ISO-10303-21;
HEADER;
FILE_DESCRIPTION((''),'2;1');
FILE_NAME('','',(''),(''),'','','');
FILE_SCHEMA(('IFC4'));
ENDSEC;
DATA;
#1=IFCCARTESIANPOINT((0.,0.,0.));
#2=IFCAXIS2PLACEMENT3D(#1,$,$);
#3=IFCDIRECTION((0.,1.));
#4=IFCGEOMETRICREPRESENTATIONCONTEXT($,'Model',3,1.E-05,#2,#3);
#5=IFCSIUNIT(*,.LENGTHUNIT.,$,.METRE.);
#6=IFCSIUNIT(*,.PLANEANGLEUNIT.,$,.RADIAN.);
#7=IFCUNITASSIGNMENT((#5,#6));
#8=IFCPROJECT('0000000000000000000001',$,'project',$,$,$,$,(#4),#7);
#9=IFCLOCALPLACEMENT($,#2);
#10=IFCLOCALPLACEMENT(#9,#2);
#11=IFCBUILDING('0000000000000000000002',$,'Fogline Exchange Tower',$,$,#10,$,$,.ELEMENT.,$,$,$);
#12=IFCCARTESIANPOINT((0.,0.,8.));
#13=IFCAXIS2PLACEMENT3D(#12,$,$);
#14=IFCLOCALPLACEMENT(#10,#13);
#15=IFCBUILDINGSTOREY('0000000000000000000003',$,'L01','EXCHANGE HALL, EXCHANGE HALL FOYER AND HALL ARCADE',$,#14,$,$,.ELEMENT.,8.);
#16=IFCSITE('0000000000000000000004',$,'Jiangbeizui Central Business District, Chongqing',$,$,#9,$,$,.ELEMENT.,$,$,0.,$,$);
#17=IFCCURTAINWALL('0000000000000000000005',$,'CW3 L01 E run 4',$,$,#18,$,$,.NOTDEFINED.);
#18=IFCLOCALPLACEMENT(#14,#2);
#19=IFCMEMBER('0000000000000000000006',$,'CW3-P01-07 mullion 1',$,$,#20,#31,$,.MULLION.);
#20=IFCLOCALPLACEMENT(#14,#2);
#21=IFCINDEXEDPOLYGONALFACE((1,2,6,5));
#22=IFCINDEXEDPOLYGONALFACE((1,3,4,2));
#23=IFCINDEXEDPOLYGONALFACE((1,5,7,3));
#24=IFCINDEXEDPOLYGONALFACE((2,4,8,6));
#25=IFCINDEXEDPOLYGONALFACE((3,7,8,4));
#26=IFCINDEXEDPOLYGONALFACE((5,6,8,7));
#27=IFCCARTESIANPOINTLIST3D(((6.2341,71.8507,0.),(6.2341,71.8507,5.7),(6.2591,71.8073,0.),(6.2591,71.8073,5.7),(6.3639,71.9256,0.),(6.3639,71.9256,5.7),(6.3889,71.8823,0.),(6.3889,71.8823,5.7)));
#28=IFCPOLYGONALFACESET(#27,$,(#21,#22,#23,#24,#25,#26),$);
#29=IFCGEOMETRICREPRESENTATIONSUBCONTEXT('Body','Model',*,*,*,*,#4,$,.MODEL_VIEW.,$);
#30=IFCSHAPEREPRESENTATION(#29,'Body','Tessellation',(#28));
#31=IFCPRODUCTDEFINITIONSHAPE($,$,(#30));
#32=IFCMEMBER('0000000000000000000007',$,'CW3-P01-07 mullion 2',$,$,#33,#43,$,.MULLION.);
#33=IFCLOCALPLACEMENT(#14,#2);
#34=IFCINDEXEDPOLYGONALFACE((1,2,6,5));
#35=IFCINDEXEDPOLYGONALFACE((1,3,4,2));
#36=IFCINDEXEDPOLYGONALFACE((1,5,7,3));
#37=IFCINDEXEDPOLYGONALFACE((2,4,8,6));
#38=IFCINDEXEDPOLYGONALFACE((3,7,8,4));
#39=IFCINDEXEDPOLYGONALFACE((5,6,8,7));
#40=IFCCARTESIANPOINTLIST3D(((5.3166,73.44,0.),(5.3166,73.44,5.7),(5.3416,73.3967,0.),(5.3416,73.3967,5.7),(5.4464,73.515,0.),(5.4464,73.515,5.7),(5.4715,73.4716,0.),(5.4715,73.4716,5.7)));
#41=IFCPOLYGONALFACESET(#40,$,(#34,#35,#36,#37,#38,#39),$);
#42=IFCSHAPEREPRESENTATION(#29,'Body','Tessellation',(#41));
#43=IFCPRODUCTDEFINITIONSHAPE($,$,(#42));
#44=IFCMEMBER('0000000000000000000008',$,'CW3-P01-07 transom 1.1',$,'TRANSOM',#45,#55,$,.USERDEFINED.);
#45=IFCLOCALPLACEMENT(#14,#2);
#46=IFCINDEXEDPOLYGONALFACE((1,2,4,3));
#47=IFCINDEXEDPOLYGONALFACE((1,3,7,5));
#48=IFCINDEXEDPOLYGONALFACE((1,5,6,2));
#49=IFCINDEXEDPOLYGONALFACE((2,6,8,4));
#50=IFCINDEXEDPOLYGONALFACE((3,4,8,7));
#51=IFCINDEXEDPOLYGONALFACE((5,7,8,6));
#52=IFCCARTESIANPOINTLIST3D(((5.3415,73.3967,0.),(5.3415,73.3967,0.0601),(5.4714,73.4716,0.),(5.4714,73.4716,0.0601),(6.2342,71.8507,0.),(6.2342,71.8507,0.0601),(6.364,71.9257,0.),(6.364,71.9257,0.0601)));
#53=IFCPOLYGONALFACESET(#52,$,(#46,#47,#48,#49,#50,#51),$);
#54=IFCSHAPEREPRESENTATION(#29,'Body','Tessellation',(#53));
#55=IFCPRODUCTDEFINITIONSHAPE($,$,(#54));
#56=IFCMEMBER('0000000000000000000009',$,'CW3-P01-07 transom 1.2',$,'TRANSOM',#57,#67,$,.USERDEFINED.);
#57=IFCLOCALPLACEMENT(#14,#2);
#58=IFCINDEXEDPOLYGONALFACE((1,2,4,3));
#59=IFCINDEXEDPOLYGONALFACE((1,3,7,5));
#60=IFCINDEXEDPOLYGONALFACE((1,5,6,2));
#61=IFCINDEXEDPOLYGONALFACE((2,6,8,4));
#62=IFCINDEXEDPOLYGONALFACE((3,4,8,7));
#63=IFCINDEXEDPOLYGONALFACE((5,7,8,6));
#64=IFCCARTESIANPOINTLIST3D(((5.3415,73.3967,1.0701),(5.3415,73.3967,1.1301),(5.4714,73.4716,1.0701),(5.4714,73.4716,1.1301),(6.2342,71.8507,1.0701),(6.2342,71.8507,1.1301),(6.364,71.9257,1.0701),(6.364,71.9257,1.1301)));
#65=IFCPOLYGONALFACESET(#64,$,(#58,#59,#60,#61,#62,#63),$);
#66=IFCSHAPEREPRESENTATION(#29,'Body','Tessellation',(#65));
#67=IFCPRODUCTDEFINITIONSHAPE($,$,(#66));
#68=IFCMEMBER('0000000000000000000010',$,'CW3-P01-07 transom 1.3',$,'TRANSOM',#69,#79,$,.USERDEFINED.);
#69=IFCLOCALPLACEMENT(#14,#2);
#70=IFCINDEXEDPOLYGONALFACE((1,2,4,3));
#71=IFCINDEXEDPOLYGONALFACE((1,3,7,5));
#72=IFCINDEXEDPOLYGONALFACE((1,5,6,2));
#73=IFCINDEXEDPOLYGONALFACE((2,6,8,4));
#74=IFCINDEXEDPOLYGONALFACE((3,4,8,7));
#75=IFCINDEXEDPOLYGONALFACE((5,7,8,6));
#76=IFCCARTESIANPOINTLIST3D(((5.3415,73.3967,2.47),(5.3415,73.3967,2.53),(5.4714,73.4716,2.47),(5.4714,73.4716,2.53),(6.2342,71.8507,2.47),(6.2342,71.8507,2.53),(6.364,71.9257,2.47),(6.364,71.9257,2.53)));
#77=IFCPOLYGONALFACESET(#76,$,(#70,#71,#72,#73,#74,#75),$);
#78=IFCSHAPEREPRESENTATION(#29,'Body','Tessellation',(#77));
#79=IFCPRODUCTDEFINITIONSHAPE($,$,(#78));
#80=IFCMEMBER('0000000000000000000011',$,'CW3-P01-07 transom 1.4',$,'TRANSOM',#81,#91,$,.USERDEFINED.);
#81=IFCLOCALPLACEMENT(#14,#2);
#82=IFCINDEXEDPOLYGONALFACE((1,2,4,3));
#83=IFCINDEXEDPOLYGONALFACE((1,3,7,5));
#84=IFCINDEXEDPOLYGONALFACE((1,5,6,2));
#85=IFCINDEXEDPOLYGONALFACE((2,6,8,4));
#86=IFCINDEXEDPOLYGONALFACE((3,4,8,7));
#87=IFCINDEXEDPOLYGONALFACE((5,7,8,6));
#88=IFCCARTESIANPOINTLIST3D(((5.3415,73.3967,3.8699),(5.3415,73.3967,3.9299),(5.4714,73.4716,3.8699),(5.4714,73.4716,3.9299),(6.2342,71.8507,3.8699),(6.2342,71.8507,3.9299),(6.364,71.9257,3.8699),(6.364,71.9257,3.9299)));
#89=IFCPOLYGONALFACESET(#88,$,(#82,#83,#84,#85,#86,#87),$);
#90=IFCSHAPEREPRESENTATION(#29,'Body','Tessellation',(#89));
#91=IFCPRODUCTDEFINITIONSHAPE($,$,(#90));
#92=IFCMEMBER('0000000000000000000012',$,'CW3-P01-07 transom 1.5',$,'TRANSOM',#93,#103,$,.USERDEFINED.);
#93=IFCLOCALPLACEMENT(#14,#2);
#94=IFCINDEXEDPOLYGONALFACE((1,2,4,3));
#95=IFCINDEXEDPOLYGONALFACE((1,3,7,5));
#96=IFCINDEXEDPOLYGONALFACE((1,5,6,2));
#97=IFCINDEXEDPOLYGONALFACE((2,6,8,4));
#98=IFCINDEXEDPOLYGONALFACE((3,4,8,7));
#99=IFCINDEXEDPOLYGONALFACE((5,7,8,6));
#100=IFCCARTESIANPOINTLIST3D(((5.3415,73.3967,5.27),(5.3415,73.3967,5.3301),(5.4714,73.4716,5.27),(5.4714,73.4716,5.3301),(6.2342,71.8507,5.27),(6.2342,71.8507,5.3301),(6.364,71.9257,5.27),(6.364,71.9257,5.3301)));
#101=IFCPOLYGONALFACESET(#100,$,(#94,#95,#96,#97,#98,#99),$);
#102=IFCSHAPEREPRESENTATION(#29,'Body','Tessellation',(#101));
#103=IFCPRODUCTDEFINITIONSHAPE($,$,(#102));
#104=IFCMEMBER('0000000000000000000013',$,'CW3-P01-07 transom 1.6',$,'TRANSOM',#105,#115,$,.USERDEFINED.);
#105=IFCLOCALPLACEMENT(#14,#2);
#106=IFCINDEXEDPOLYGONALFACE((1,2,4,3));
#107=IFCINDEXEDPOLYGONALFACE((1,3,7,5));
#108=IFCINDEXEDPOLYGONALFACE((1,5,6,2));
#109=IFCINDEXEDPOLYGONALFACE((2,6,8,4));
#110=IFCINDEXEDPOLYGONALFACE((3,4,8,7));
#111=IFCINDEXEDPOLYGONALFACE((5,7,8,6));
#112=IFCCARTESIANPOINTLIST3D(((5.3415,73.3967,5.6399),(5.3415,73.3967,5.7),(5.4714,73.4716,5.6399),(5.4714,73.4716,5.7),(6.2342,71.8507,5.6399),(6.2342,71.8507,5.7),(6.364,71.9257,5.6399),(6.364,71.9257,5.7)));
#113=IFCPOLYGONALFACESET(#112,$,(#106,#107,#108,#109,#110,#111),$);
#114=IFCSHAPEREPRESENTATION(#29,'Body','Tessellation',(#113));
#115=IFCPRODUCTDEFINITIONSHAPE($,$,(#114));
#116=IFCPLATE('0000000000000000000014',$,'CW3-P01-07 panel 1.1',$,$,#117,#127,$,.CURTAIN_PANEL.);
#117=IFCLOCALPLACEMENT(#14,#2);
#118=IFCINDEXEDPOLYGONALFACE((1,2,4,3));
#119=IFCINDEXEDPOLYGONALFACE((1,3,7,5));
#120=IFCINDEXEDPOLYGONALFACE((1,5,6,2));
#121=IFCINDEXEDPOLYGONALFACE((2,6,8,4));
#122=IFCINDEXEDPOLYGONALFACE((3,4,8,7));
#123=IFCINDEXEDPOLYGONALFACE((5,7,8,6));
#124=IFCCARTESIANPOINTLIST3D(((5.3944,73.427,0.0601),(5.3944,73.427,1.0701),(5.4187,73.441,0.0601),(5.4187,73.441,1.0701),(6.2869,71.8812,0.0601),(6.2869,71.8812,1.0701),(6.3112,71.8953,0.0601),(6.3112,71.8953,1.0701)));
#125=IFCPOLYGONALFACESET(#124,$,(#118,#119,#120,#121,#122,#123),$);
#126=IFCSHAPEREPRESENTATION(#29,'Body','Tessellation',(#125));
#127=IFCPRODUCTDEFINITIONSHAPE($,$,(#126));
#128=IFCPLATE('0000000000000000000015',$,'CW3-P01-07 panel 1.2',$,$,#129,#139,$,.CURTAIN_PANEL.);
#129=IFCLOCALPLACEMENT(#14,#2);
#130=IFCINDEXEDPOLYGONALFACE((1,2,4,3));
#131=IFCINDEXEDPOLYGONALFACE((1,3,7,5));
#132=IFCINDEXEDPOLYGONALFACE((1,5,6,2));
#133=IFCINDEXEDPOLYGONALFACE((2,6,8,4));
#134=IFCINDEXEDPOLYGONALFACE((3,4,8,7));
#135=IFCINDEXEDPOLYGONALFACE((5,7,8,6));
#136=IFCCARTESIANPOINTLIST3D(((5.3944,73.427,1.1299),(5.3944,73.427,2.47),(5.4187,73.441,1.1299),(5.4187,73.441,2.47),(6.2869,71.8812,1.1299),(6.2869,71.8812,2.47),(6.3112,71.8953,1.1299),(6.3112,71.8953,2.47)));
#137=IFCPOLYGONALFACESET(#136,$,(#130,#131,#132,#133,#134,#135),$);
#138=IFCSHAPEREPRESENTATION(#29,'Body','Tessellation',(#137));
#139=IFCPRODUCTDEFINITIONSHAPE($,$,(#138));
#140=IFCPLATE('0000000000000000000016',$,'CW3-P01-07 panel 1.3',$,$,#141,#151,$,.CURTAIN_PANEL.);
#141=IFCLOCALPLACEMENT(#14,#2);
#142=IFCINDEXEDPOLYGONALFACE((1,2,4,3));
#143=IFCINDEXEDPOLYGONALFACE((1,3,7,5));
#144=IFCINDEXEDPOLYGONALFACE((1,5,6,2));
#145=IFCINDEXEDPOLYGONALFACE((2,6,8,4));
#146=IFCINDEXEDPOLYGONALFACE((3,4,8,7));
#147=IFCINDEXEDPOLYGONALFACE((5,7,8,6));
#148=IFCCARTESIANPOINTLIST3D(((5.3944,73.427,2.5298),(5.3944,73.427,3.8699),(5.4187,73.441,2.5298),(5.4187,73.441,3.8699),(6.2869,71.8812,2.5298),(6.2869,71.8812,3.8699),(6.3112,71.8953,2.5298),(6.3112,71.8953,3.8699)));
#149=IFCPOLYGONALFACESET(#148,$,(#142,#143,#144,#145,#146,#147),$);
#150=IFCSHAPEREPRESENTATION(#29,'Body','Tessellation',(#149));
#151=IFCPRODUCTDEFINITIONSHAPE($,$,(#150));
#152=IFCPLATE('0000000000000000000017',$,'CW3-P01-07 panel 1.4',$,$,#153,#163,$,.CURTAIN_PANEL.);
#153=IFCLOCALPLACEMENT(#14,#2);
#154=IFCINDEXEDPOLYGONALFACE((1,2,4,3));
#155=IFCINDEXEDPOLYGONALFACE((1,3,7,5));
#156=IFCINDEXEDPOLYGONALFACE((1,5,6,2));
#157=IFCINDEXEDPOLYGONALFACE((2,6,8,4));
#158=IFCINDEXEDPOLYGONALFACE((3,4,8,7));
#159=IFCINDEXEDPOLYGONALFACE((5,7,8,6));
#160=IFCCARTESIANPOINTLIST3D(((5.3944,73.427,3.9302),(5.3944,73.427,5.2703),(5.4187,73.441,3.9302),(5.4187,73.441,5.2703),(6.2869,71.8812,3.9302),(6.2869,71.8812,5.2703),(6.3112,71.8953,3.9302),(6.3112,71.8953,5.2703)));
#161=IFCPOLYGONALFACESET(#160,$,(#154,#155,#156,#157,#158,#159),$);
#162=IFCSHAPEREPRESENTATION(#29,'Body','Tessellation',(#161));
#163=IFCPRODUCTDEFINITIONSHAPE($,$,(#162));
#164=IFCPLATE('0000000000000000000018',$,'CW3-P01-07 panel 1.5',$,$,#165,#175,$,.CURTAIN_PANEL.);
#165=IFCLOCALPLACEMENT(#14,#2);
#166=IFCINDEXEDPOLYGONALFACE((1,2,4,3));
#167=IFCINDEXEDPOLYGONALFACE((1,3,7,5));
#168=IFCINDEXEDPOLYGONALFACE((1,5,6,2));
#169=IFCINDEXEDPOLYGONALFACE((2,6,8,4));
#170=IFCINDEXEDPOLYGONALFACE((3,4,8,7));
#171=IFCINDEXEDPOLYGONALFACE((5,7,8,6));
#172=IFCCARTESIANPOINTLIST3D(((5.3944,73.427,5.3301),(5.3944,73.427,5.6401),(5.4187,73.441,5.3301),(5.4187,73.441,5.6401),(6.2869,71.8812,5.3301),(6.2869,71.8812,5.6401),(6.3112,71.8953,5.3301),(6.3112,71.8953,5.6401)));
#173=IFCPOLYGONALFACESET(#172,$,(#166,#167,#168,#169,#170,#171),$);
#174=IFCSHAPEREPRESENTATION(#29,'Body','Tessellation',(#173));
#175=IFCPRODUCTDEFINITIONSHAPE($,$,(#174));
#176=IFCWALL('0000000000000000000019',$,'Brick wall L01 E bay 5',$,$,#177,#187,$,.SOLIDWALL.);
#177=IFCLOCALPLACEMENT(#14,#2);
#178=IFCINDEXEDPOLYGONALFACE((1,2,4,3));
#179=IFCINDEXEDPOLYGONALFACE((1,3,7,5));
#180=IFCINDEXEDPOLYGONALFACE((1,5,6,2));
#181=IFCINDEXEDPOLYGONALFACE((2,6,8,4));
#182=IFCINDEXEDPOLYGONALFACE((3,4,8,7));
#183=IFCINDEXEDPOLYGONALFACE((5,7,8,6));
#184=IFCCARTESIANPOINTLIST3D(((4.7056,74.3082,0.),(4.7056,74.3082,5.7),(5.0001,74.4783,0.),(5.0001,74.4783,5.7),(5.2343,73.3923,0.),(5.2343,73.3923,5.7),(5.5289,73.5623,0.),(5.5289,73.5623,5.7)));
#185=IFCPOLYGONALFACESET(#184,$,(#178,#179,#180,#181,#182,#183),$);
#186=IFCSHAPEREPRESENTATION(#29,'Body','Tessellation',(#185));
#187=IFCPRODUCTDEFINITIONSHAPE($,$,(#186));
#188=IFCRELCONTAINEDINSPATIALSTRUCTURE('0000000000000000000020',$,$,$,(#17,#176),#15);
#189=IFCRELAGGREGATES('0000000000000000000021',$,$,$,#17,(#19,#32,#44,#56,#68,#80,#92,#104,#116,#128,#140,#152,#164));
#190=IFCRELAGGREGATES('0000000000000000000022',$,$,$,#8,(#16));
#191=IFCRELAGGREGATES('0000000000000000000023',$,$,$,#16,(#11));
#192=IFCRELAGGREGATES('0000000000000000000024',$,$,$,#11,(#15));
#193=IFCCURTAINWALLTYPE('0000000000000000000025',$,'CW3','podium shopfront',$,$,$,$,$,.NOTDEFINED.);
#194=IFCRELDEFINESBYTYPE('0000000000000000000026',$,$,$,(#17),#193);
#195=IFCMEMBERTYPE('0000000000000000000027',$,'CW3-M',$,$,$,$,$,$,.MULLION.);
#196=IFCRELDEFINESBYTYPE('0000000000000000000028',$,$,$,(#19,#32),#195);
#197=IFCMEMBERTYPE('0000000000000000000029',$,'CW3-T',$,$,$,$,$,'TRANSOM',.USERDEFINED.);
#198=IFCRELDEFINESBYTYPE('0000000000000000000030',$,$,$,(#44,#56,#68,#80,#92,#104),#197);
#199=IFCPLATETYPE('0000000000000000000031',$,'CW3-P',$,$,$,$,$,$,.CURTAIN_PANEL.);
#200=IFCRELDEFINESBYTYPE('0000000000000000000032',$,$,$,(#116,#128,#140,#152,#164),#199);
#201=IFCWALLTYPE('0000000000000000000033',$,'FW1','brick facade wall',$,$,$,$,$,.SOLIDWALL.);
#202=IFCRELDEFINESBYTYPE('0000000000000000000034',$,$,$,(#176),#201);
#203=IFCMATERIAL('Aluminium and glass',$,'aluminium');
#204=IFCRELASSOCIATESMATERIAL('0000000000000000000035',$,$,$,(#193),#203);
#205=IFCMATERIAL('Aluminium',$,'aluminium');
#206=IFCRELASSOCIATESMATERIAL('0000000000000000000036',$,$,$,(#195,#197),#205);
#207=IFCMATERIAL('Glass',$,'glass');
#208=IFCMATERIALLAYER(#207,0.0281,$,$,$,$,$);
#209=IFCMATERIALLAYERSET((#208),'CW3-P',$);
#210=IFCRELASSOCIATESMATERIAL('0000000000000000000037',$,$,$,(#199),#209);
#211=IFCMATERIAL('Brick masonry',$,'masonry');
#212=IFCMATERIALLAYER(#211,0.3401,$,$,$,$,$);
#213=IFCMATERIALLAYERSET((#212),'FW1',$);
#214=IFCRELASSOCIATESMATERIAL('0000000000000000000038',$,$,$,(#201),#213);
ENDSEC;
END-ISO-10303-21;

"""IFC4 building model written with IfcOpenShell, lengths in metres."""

from ifc_helpers import new_model, si_unit, direction, frame, frame_2d, origin, origin_2d, place, context, subcontext, project, spatial, rectangle, extrude, material, layer, layer_set, material_profile, profile_set, type_object, element, aggregate, save


model = new_model("IFC4")

# Units and contexts
model_context = context("Model", 3, precision=1e-05, world=origin(), true_north=direction((0.0, 1.0)))
body_context = subcontext(model_context, "Body", "Model", "MODEL_VIEW")
ifc_project = project(units=[si_unit("LENGTHUNIT", "METRE"), si_unit("PLANEANGLEUNIT", "RADIAN")], contexts=[model_context])

# Site, building, storey
site_placement = place(None, origin())
site = spatial("IfcSite", under=ifc_project, at=site_placement, Name="Jiangbeizui Central Business District, Chongqing", CompositionType="ELEMENT", RefElevation=0.0)
building_placement = place(site_placement, origin())
building = spatial("IfcBuilding", under=site, at=building_placement, Name="Fogline Exchange Tower", CompositionType="ELEMENT")
storey_placement = place(building_placement, frame((0.0, 0.0, 8.0)))
storey = spatial("IfcBuildingStorey", under=building, at=storey_placement, Name="L01", Description="EXCHANGE HALL, EXCHANGE HALL FOYER AND HALL ARCADE", CompositionType="ELEMENT", Elevation=8.0)

# Curtain wall, members, plates
ifc_material_1 = material(Name="Aluminium and glass", Category="aluminium")
curtain_wall_type = type_object("IfcCurtainWallType", Name="CW3", Description="podium shopfront", PredefinedType="NOTDEFINED", material=ifc_material_1)
curtain_wall_placement = place(storey_placement, origin())
curtain_wall = element("IfcCurtainWall", 1, at=curtain_wall_placement, inside=storey, type_object=curtain_wall_type, Name="CW3 L01 E run 4", PredefinedType="NOTDEFINED")
ifc_material_2 = material(Name="Aluminium", Category="aluminium")
ifc_material_profile_1 = material_profile(ifc_material_2, rectangle(XDim=0.1499, YDim=0.05, at=origin_2d()), Name="Mullion 50x150")
ifc_profile_set_1 = profile_set([ifc_material_profile_1], Name="Aluminium")
member_type_1 = type_object("IfcMemberType", Name="CW3-M", PredefinedType="MULLION", material=ifc_profile_set_1)
member_1_placement = place(storey_placement, frame((6.3115, 71.8665, 0.0), z_axis=(0.0, 0.0, 1.0), x_axis=(-0.866024, -0.500002, 0.0)))
member_1 = element("IfcMember", 2, at=member_1_placement, type_object=member_type_1, Name="CW3-P01-07 mullion 1", PredefinedType="MULLION", context=body_context, shape_type="SweptSolid", body=[
    extrude(rectangle(XDim=0.1499, YDim=0.05, at=origin_2d()), origin(), (0.0, 0.0, 1.0), 5.7),
])
member_2_placement = place(storey_placement, frame((5.394, 73.4558, 0.0), z_axis=(0.0, 0.0, 1.0), x_axis=(-0.866024, -0.500002, 0.0)))
member_2 = element("IfcMember", 3, at=member_2_placement, type_object=member_type_1, Name="CW3-P01-07 mullion 2", PredefinedType="MULLION", context=body_context, shape_type="SweptSolid", body=[
    extrude(rectangle(XDim=0.1499, YDim=0.05, at=origin_2d()), origin(), (0.0, 0.0, 1.0), 5.7),
])
ifc_material_profile_2 = material_profile(ifc_material_2, rectangle(XDim=0.1499, YDim=0.0601, at=origin_2d()), Name="Transom 60x150")
ifc_profile_set_2 = profile_set([ifc_material_profile_2], Name="Aluminium")
member_type_2 = type_object("IfcMemberType", Name="CW3-T", ElementType="TRANSOM", PredefinedType="USERDEFINED", material=ifc_profile_set_2)
member_3_placement = place(storey_placement, frame((6.2991, 71.8882, 0.03), z_axis=(-0.500022, 0.866012, 0.0), x_axis=(-0.866012, -0.500022, 0.0)))
member_3 = element("IfcMember", 4, at=member_3_placement, type_object=member_type_2, Name="CW3-P01-07 transom 1.1", ObjectType="TRANSOM", PredefinedType="USERDEFINED", context=body_context, shape_type="SweptSolid", body=[
    extrude(rectangle(XDim=0.1499, YDim=0.0601, at=origin_2d()), origin(), (0.0, 0.0, 1.0), 1.7852),
])
member_4_placement = place(storey_placement, frame((6.2991, 71.8882, 1.1001), z_axis=(-0.500022, 0.866012, 0.0), x_axis=(-0.866012, -0.500022, 0.0)))
member_4 = element("IfcMember", 5, at=member_4_placement, type_object=member_type_2, Name="CW3-P01-07 transom 1.2", ObjectType="TRANSOM", PredefinedType="USERDEFINED", context=body_context, shape_type="SweptSolid", body=[
    extrude(rectangle(XDim=0.1499, YDim=0.0601, at=origin_2d()), origin(), (0.0, 0.0, 1.0), 1.7852),
])
member_5_placement = place(storey_placement, frame((6.2991, 71.8882, 2.5), z_axis=(-0.500022, 0.866012, 0.0), x_axis=(-0.866012, -0.500022, 0.0)))
member_5 = element("IfcMember", 6, at=member_5_placement, type_object=member_type_2, Name="CW3-P01-07 transom 1.3", ObjectType="TRANSOM", PredefinedType="USERDEFINED", context=body_context, shape_type="SweptSolid", body=[
    extrude(rectangle(XDim=0.1499, YDim=0.0601, at=origin_2d()), origin(), (0.0, 0.0, 1.0), 1.7852),
])
member_6_placement = place(storey_placement, frame((6.2991, 71.8882, 3.8999), z_axis=(-0.500022, 0.866012, 0.0), x_axis=(-0.866012, -0.500022, 0.0)))
member_6 = element("IfcMember", 7, at=member_6_placement, type_object=member_type_2, Name="CW3-P01-07 transom 1.4", ObjectType="TRANSOM", PredefinedType="USERDEFINED", context=body_context, shape_type="SweptSolid", body=[
    extrude(rectangle(XDim=0.1499, YDim=0.0601, at=origin_2d()), origin(), (0.0, 0.0, 1.0), 1.7852),
])
member_7_placement = place(storey_placement, frame((6.2991, 71.8882, 5.3), z_axis=(-0.500022, 0.866012, 0.0), x_axis=(-0.866012, -0.500022, 0.0)))
member_7 = element("IfcMember", 8, at=member_7_placement, type_object=member_type_2, Name="CW3-P01-07 transom 1.5", ObjectType="TRANSOM", PredefinedType="USERDEFINED", context=body_context, shape_type="SweptSolid", body=[
    extrude(rectangle(XDim=0.1499, YDim=0.0601, at=origin_2d()), origin(), (0.0, 0.0, 1.0), 1.7852),
])
member_8_placement = place(storey_placement, frame((6.2991, 71.8882, 5.6699), z_axis=(-0.500022, 0.866012, 0.0), x_axis=(-0.866012, -0.500022, 0.0)))
member_8 = element("IfcMember", 9, at=member_8_placement, type_object=member_type_2, Name="CW3-P01-07 transom 1.6", ObjectType="TRANSOM", PredefinedType="USERDEFINED", context=body_context, shape_type="SweptSolid", body=[
    extrude(rectangle(XDim=0.1499, YDim=0.0601, at=origin_2d()), origin(), (0.0, 0.0, 1.0), 1.7852),
])
ifc_material_3 = material(Name="Glass", Category="glass")
ifc_layer_1 = layer(ifc_material_3, 0.0281)
ifc_layer_set_1 = layer_set([ifc_layer_1], Name="CW3-P")
plate_type = type_object("IfcPlateType", Name="CW3-P", PredefinedType="CURTAIN_PANEL", material=ifc_layer_set_1)
plate_1_placement = place(storey_placement, frame((5.8528, 72.6611, 0.0601), z_axis=(0.0, 0.0, 1.0), x_axis=(-0.500002, 0.866024, 0.0)))
plate_1 = element("IfcPlate", 10, at=plate_1_placement, type_object=plate_type, Name="CW3-P01-07 panel 1.1", PredefinedType="CURTAIN_PANEL", context=body_context, shape_type="SweptSolid", body=[
    extrude(rectangle(XDim=1.7849, YDim=0.0281, at=origin_2d()), origin(), (0.0, 0.0, 1.0), 1.01),
])
plate_2_placement = place(storey_placement, frame((5.8528, 72.6611, 1.1299), z_axis=(0.0, 0.0, 1.0), x_axis=(-0.500002, 0.866024, 0.0)))
plate_2 = element("IfcPlate", 11, at=plate_2_placement, type_object=plate_type, Name="CW3-P01-07 panel 1.2", PredefinedType="CURTAIN_PANEL", context=body_context, shape_type="SweptSolid", body=[
    extrude(rectangle(XDim=1.7849, YDim=0.0281, at=origin_2d()), origin(), (0.0, 0.0, 1.0), 1.3401),
])
plate_3_placement = place(storey_placement, frame((5.8528, 72.6611, 2.5298), z_axis=(0.0, 0.0, 1.0), x_axis=(-0.500002, 0.866024, 0.0)))
plate_3 = element("IfcPlate", 12, at=plate_3_placement, type_object=plate_type, Name="CW3-P01-07 panel 1.3", PredefinedType="CURTAIN_PANEL", context=body_context, shape_type="SweptSolid", body=[
    extrude(rectangle(XDim=1.7849, YDim=0.0281, at=origin_2d()), origin(), (0.0, 0.0, 1.0), 1.3401),
])
plate_4_placement = place(storey_placement, frame((5.8528, 72.6611, 3.9302), z_axis=(0.0, 0.0, 1.0), x_axis=(-0.500002, 0.866024, 0.0)))
plate_4 = element("IfcPlate", 13, at=plate_4_placement, type_object=plate_type, Name="CW3-P01-07 panel 1.4", PredefinedType="CURTAIN_PANEL", context=body_context, shape_type="SweptSolid", body=[
    extrude(rectangle(XDim=1.7849, YDim=0.0281, at=origin_2d()), origin(), (0.0, 0.0, 1.0), 1.3401),
])
plate_5_placement = place(storey_placement, frame((5.8528, 72.6611, 5.3301), z_axis=(0.0, 0.0, 1.0), x_axis=(-0.500002, 0.866024, 0.0)))
plate_5 = element("IfcPlate", 14, at=plate_5_placement, type_object=plate_type, Name="CW3-P01-07 panel 1.5", PredefinedType="CURTAIN_PANEL", context=body_context, shape_type="SweptSolid", body=[
    extrude(rectangle(XDim=1.7849, YDim=0.0281, at=origin_2d()), origin(), (0.0, 0.0, 1.0), 0.3101),
])
aggregate(curtain_wall, [member_1, member_2, member_3, member_4, member_5, member_6, member_7, member_8, plate_1, plate_2, plate_3, plate_4, plate_5])

# Wall
ifc_material_4 = material(Name="Brick masonry", Category="masonry")
ifc_layer_2 = layer(ifc_material_4, 0.3401)
ifc_layer_set_2 = layer_set([ifc_layer_2], Name="FW1")
wall_type_1 = type_object("IfcWallType", Name="FW1", Description="brick facade wall", PredefinedType="SOLIDWALL", material=ifc_layer_set_2)
wall_1_placement = place(storey_placement, frame((5.3816, 73.4773, 0.0), z_axis=(0.0, 0.0, 1.0), x_axis=(-0.499962, 0.866047, 0.0)))
element("IfcWall", 15, at=wall_1_placement, inside=storey, type_object=wall_type_1, Name="Brick wall L01 E bay 5", PredefinedType="SOLIDWALL", context=body_context, shape_type="SweptSolid", body=[
    extrude(rectangle(XDim=1.0576, YDim=0.3401, at=frame_2d((0.5288, 0.0))), origin(), (0.0, 0.0, 1.0), 5.7),
])

save(model, "model.ifc")
